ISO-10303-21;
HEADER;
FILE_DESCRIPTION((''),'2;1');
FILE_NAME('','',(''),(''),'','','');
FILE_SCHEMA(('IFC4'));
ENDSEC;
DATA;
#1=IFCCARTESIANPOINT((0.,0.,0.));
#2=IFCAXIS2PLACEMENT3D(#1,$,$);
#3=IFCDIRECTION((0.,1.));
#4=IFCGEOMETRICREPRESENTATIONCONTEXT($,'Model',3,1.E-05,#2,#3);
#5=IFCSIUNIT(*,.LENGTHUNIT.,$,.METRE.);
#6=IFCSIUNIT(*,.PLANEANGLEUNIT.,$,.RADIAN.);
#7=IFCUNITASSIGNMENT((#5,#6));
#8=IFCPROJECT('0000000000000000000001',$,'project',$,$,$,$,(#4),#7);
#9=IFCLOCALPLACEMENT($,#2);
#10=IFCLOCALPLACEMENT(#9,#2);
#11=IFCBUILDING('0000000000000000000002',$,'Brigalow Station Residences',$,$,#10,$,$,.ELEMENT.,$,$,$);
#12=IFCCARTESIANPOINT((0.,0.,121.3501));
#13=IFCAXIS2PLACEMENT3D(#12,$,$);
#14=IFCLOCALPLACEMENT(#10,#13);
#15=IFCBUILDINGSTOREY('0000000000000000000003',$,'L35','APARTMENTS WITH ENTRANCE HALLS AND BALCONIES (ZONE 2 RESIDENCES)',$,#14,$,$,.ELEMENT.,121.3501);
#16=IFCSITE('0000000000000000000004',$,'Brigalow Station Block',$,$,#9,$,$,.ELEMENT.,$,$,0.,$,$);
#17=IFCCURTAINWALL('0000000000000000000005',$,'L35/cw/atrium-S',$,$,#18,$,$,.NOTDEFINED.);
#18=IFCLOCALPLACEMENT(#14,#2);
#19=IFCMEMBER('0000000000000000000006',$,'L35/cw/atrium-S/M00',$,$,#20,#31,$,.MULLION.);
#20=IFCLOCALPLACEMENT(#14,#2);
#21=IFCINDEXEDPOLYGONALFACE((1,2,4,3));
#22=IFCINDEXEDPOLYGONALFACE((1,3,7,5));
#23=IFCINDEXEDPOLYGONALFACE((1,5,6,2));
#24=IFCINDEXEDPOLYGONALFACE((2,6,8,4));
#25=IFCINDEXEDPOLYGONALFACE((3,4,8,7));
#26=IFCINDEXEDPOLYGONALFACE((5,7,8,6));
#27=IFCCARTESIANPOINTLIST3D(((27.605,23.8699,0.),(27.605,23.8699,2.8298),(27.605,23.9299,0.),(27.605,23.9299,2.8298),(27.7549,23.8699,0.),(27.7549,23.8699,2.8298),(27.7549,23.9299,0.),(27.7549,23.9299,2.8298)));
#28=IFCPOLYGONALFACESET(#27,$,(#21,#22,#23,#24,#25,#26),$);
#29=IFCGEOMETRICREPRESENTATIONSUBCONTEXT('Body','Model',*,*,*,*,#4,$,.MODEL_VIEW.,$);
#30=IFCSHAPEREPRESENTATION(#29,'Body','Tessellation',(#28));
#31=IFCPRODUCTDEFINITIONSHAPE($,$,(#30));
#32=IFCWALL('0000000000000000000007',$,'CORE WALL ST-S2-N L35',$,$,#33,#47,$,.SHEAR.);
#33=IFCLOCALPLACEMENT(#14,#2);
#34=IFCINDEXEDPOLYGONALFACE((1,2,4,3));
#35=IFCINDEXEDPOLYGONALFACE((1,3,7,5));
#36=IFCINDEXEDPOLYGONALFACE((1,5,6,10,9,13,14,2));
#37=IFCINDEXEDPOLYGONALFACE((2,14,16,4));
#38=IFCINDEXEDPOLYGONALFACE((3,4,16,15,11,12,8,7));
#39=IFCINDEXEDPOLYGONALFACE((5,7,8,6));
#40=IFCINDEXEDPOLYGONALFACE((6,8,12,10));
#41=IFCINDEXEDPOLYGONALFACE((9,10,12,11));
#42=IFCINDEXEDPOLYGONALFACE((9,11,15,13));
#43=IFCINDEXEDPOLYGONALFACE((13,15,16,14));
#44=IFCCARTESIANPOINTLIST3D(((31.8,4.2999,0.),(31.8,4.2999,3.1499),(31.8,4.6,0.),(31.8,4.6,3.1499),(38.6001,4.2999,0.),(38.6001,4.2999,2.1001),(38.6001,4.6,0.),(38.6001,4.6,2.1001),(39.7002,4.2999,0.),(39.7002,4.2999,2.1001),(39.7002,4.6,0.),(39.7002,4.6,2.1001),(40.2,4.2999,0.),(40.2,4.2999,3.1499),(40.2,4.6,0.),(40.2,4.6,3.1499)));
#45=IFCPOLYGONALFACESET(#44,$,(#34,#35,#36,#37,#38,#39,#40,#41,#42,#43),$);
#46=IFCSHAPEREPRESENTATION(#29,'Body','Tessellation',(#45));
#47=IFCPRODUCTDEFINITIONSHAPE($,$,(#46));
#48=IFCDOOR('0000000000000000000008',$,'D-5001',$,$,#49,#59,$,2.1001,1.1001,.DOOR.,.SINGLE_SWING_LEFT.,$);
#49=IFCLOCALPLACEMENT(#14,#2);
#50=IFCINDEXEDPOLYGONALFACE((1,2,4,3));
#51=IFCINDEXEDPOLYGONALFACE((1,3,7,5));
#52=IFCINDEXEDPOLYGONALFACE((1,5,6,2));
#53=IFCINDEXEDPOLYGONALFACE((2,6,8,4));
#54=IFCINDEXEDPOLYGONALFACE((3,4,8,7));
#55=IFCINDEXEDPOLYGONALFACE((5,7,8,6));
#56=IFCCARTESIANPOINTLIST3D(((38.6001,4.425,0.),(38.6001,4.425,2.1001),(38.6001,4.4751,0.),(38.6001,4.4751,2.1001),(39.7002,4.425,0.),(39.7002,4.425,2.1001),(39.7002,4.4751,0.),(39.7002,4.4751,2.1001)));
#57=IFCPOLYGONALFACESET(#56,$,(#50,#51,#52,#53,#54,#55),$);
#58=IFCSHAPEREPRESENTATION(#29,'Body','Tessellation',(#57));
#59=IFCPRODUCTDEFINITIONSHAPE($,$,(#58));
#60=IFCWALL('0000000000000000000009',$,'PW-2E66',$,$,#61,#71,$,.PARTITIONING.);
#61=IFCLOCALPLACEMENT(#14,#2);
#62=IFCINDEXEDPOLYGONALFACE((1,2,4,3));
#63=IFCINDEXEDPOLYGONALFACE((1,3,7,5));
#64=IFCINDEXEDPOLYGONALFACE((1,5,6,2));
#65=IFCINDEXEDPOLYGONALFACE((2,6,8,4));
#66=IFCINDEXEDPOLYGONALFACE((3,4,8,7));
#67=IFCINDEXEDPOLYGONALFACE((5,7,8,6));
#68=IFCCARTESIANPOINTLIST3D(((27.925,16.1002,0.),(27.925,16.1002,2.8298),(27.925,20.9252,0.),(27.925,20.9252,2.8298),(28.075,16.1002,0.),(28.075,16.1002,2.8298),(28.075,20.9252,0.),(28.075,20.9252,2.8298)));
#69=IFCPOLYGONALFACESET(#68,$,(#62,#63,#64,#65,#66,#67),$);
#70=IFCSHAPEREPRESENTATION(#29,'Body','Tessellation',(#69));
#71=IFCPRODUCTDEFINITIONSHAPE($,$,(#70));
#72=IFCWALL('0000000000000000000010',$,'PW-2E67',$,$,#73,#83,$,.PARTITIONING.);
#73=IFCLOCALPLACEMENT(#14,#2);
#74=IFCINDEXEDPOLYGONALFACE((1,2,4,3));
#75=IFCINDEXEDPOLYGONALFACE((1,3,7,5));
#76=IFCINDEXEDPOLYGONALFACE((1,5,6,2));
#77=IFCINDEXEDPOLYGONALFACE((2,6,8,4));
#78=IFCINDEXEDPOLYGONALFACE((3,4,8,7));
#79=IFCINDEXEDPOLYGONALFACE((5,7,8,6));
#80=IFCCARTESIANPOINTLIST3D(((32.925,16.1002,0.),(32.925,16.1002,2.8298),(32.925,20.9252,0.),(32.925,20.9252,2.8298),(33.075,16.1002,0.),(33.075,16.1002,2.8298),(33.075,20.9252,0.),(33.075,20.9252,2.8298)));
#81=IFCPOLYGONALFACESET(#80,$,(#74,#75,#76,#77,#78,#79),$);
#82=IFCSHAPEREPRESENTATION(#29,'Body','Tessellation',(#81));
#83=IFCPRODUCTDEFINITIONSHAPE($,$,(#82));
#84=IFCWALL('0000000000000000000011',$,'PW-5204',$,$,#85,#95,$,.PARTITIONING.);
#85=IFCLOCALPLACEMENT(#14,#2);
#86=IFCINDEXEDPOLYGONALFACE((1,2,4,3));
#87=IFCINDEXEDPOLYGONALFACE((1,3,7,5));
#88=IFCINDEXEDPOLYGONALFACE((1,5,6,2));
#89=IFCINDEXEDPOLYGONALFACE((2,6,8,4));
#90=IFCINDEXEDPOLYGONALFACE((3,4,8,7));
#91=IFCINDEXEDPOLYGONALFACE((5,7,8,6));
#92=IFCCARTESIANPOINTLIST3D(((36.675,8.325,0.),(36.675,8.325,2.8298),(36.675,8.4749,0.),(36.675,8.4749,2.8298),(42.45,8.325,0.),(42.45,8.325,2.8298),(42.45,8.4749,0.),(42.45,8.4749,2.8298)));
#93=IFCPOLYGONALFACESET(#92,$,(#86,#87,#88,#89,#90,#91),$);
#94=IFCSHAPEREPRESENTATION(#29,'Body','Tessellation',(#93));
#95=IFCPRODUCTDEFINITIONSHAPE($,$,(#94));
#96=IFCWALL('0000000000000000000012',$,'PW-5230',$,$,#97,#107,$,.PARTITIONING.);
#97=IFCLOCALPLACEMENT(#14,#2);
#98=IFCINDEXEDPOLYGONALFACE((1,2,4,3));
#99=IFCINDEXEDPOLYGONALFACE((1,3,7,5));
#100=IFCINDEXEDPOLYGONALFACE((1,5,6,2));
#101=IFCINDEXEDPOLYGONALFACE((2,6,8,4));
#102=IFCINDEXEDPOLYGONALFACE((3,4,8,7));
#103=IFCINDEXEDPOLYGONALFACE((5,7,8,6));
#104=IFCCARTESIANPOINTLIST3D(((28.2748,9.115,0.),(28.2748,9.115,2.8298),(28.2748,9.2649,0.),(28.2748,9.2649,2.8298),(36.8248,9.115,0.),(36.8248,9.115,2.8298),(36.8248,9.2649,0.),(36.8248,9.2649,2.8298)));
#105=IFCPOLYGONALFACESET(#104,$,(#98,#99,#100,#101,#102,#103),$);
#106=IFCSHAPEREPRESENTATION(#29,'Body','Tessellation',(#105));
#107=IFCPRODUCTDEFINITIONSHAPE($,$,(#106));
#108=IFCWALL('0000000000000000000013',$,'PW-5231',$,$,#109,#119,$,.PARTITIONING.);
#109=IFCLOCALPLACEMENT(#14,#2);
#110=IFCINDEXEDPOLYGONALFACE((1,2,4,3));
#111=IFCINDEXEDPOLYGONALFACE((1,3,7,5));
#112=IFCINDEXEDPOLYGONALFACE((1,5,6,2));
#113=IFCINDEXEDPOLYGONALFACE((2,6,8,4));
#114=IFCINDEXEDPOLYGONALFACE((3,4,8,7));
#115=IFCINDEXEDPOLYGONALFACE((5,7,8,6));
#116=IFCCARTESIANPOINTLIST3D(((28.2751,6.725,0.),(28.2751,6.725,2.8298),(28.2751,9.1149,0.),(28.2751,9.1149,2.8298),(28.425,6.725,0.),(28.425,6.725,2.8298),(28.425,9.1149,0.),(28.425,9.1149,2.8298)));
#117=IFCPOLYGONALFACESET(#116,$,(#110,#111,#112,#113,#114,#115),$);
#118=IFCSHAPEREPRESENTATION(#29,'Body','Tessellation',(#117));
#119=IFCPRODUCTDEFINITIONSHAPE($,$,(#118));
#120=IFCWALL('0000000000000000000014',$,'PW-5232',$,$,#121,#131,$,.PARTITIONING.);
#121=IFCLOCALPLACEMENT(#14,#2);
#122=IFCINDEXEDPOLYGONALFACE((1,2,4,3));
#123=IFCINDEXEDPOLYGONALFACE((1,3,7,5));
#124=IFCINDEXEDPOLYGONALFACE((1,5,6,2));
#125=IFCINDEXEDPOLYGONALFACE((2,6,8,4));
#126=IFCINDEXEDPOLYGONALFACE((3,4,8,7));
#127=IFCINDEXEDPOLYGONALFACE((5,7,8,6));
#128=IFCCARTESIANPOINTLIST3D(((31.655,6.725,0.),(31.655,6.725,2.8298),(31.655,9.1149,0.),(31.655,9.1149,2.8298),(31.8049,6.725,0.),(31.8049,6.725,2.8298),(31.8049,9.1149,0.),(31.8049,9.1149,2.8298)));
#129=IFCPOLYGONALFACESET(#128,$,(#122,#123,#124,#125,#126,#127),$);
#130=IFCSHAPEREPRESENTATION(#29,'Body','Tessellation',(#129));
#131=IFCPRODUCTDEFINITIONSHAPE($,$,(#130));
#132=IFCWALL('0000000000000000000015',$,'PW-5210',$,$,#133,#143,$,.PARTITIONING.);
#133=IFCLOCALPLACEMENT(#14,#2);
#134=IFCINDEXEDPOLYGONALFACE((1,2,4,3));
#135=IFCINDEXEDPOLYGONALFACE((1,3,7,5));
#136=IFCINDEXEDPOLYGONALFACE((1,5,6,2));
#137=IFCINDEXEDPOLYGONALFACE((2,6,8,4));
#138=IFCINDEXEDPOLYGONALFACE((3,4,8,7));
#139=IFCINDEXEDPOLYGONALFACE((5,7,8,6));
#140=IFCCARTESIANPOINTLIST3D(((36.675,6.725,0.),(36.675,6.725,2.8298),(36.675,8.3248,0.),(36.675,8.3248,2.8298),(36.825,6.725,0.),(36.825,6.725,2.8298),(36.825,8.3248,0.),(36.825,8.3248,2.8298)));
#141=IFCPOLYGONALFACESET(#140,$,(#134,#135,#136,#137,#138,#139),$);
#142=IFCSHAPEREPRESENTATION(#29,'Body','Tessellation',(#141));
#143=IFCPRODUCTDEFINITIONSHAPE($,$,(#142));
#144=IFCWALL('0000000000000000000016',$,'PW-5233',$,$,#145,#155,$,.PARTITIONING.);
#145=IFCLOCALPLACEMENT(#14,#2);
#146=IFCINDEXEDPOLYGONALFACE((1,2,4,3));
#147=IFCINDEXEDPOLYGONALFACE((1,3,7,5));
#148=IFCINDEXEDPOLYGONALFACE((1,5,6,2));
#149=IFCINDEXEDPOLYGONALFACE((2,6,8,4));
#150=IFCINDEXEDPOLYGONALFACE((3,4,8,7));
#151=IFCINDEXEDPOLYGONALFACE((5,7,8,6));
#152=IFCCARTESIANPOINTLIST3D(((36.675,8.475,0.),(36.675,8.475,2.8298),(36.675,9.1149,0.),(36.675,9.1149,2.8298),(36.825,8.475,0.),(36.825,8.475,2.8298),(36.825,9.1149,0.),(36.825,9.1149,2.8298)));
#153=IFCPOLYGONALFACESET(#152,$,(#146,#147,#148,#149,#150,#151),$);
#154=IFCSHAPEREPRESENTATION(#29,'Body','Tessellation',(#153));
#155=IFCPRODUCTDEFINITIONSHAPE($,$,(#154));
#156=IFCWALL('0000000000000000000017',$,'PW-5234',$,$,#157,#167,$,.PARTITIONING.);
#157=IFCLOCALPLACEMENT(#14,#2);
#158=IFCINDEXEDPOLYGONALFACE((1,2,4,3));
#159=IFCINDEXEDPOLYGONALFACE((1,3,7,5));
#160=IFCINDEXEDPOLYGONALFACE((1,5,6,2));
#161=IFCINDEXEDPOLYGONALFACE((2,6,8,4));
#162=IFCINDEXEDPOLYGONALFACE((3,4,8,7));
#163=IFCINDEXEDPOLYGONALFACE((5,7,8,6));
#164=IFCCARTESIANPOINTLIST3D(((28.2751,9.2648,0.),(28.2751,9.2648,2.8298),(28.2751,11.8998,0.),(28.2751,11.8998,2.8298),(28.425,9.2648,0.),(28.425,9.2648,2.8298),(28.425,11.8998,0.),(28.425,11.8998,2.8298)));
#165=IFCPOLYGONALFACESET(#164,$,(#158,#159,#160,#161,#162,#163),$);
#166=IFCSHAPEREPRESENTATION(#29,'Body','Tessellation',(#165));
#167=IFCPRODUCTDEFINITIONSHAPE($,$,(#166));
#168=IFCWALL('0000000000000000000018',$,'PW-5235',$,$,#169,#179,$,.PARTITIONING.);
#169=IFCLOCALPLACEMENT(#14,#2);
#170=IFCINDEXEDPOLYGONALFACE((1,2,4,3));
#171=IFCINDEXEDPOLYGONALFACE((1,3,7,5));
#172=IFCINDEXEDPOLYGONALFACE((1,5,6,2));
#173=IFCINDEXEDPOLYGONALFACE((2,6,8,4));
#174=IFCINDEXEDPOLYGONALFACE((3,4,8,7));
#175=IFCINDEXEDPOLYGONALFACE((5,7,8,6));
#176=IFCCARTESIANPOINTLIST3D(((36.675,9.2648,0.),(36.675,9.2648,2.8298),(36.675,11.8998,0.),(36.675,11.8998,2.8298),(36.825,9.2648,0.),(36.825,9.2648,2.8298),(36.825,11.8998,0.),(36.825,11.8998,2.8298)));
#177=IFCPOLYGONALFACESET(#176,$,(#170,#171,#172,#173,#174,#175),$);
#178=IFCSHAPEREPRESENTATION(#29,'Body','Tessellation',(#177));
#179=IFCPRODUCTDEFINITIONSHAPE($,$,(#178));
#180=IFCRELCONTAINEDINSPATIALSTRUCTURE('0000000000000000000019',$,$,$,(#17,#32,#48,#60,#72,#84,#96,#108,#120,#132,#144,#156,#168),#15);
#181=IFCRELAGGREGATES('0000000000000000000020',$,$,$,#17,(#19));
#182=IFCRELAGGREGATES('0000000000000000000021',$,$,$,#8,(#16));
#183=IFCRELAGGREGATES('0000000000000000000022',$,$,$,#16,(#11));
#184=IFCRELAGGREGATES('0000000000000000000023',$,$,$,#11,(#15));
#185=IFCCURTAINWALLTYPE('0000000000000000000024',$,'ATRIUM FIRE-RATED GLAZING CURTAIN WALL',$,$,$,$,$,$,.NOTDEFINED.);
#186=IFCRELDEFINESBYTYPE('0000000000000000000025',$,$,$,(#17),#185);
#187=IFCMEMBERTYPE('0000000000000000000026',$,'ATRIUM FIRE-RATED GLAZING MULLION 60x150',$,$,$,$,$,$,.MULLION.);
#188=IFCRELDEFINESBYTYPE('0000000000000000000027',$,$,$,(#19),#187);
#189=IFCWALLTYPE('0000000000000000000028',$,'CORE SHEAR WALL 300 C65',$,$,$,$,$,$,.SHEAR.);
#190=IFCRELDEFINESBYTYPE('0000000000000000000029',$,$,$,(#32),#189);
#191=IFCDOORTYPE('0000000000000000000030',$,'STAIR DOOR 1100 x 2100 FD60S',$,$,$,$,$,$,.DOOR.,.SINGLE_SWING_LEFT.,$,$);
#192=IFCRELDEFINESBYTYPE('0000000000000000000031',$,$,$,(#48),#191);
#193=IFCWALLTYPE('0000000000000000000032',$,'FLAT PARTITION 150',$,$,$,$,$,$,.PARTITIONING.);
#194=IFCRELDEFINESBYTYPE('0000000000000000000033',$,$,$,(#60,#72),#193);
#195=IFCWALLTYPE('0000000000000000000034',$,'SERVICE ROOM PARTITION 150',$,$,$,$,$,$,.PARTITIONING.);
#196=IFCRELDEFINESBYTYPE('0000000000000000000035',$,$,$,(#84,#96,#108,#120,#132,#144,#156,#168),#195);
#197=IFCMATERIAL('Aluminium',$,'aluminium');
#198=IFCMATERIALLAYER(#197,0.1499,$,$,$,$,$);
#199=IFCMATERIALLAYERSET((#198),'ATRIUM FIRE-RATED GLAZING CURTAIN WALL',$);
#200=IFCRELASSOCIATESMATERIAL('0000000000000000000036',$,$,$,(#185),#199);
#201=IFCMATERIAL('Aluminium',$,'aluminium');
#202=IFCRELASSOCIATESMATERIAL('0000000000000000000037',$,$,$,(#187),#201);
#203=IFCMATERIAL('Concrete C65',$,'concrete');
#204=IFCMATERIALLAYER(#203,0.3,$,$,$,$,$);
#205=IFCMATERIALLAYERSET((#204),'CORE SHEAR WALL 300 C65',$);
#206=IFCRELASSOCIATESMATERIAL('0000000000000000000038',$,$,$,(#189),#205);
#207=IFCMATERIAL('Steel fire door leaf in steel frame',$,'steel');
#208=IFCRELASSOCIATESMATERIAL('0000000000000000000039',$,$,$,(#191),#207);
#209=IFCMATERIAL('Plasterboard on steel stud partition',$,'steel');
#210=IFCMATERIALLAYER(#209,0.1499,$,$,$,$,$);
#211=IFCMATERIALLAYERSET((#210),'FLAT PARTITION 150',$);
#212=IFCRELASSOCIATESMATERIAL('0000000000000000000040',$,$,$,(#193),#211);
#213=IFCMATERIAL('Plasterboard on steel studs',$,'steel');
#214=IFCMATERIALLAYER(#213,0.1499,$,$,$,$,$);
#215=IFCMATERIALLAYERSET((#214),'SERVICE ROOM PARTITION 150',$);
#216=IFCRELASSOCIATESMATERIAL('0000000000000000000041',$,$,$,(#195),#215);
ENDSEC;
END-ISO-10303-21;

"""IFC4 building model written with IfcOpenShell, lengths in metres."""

from ifc_helpers import new_model, si_unit, direction, frame, frame_2d, origin, origin_2d, place, context, subcontext, project, spatial, rectangle, extrude, material, layer, layer_set, material_profile, profile_set, type_object, element, fill, aggregate, save


model = new_model("IFC4")

# Units and contexts
model_context = context("Model", 3, precision=1e-05, world=origin(), true_north=direction((0.0, 1.0)))
body_context = subcontext(model_context, "Body", "Model", "MODEL_VIEW")
ifc_project = project(units=[si_unit("LENGTHUNIT", "METRE"), si_unit("PLANEANGLEUNIT", "RADIAN")], contexts=[model_context])

# Site, building, storey
site_placement = place(None, origin())
site = spatial("IfcSite", under=ifc_project, at=site_placement, Name="Brigalow Station Block", CompositionType="ELEMENT", RefElevation=0.0)
building_placement = place(site_placement, origin())
building = spatial("IfcBuilding", under=site, at=building_placement, Name="Brigalow Station Residences", CompositionType="ELEMENT")
storey_placement = place(building_placement, frame((0.0, 0.0, 121.3501)))
storey = spatial("IfcBuildingStorey", under=building, at=storey_placement, Name="L35", Description="APARTMENTS WITH ENTRANCE HALLS AND BALCONIES (ZONE 2 RESIDENCES)", CompositionType="ELEMENT", Elevation=121.3501)

# Curtain wall, member
ifc_material_1 = material(Name="Aluminium", Category="aluminium")
ifc_layer_1 = layer(ifc_material_1, 0.1499)
ifc_layer_set_1 = layer_set([ifc_layer_1], Name="ATRIUM FIRE-RATED GLAZING CURTAIN WALL")
curtain_wall_type = type_object("IfcCurtainWallType", Name="ATRIUM FIRE-RATED GLAZING CURTAIN WALL", PredefinedType="NOTDEFINED", material=ifc_layer_set_1)
curtain_wall_placement = place(storey_placement, origin())
curtain_wall = element("IfcCurtainWall", 1, at=curtain_wall_placement, inside=storey, type_object=curtain_wall_type, Name="L35/cw/atrium-S", PredefinedType="NOTDEFINED")
ifc_material_2 = material(Name="Aluminium", Category="aluminium")
ifc_material_profile = material_profile(ifc_material_2, rectangle(XDim=0.0601, YDim=0.1499, at=origin_2d()), Name="ATRIUM FIRE-RATED GLAZING MULLION 60x150")
ifc_profile_set = profile_set([ifc_material_profile], Name="Aluminium")
member_type = type_object("IfcMemberType", Name="ATRIUM FIRE-RATED GLAZING MULLION 60x150", PredefinedType="MULLION", material=ifc_profile_set)
member_placement = place(storey_placement, frame((27.6799, 23.8999, 0.0), z_axis=(0.0, 0.0, 1.0), x_axis=(0.0, 1.0, 0.0)))
member = element("IfcMember", 2, at=member_placement, type_object=member_type, Name="L35/cw/atrium-S/M00", PredefinedType="MULLION", context=body_context, shape_type="SweptSolid", body=[
    extrude(rectangle(XDim=0.0601, YDim=0.1499, at=origin_2d()), origin(), (0.0, 0.0, 1.0), 2.8298),
])
aggregate(curtain_wall, [member])

# Wall, opening, door
ifc_material_3 = material(Name="Concrete C65", Category="concrete")
ifc_layer_2 = layer(ifc_material_3, 0.3)
ifc_layer_set_2 = layer_set([ifc_layer_2], Name="CORE SHEAR WALL 300 C65")
wall_type_1 = type_object("IfcWallType", Name="CORE SHEAR WALL 300 C65", PredefinedType="SHEAR", material=ifc_layer_set_2)
wall_1_placement = place(storey_placement, frame((31.8, 4.45, 0.0), z_axis=(0.0, 0.0, 1.0), x_axis=(1.0, 0.0, 0.0)))
wall_1 = element("IfcWall", 3, at=wall_1_placement, inside=storey, type_object=wall_type_1, Name="CORE WALL ST-S2-N L35", PredefinedType="SHEAR", context=body_context, shape_type="SweptSolid", body=[
    extrude(rectangle(XDim=8.3999, YDim=0.3, at=frame_2d((4.2, 0.0))), origin(), (0.0, 0.0, 1.0), 3.1499),
])
opening_placement = place(wall_1_placement, frame((6.8, 0.0, 0.0)))
opening = element("IfcOpeningElement", 4, at=opening_placement, cuts=wall_1, PredefinedType="OPENING", context=body_context, shape_type="SweptSolid", body=[
    extrude(rectangle(XDim=1.1001, YDim=2.1001, at=frame_2d((0.55, 1.05))), frame((0.0, 0.1602, 0.0), z_axis=(0.0, -1.0, 0.0), x_axis=(1.0, 0.0, 0.0)), (0.0, 0.0, 1.0), 0.3201),
])
ifc_material_4 = material(Name="Steel fire door leaf in steel frame", Category="steel")
door_type = type_object("IfcDoorType", Name="STAIR DOOR 1100 x 2100 FD60S", OperationType="SINGLE_SWING_LEFT", PredefinedType="DOOR", material=ifc_material_4)
door_placement = place(opening_placement, frame((1.1001, 0.0, 0.0), z_axis=(0.0, 0.0, 1.0), x_axis=(-1.0, 0.0, 0.0)))
door = element("IfcDoor", 5, at=door_placement, inside=storey, type_object=door_type, Name="D-5001", OperationType="SINGLE_SWING_LEFT", OverallHeight=2.1001, OverallWidth=1.1001, PredefinedType="DOOR", context=body_context, shape_type="SweptSolid", body=[
    extrude(rectangle(XDim=1.1001, YDim=2.1001, at=frame_2d((0.55, 1.05))), frame((0.0, 0.0249, 0.0), z_axis=(0.0, -1.0, 0.0), x_axis=(1.0, 0.0, 0.0)), (0.0, 0.0, 1.0), 0.05),
])
fill(opening, door)

# Walls
ifc_material_5 = material(Name="Plasterboard on steel stud partition", Category="steel")
ifc_layer_3 = layer(ifc_material_5, 0.1499)
ifc_layer_set_3 = layer_set([ifc_layer_3], Name="FLAT PARTITION 150")
wall_type_2 = type_object("IfcWallType", Name="FLAT PARTITION 150", PredefinedType="PARTITIONING", material=ifc_layer_set_3)
for number, where, z_axis, x_axis, name in (
    (6, (28.0, 16.1001, 0.0), (0.0, 0.0, 1.0), (0.0, 1.0, 0.0), "PW-2E66"),
    (7, (33.0, 16.1001, 0.0), (0.0, 0.0, 1.0), (0.0, 1.0, 0.0), "PW-2E67"),
):
    element("IfcWall", number, at=place(storey_placement, frame(where, z_axis=z_axis, x_axis=x_axis)), inside=storey, type_object=wall_type_2, Name=name, PredefinedType="PARTITIONING", context=body_context, shape_type="SweptSolid", body=[
        extrude(rectangle(XDim=4.825, YDim=0.1499, at=frame_2d((2.4126, 0.0))), origin(), (0.0, 0.0, 1.0), 2.8298),
    ])
ifc_material_6 = material(Name="Plasterboard on steel studs", Category="steel")
ifc_layer_4 = layer(ifc_material_6, 0.1499)
ifc_layer_set_4 = layer_set([ifc_layer_4], Name="SERVICE ROOM PARTITION 150")
wall_type_3 = type_object("IfcWallType", Name="SERVICE ROOM PARTITION 150", PredefinedType="PARTITIONING", material=ifc_layer_set_4)
wall_2_placement = place(storey_placement, frame((36.675, 8.3999, 0.0), z_axis=(0.0, 0.0, 1.0), x_axis=(1.0, 0.0, 0.0)))
element("IfcWall", 8, at=wall_2_placement, inside=storey, type_object=wall_type_3, Name="PW-5204", PredefinedType="PARTITIONING", context=body_context, shape_type="SweptSolid", body=[
    extrude(rectangle(XDim=5.7749, YDim=0.1499, at=frame_2d((2.8875, 0.0))), origin(), (0.0, 0.0, 1.0), 2.8298),
])
wall_3_placement = place(storey_placement, frame((28.2749, 9.1899, 0.0), z_axis=(0.0, 0.0, 1.0), x_axis=(1.0, 0.0, 0.0)))
element("IfcWall", 9, at=wall_3_placement, inside=storey, type_object=wall_type_3, Name="PW-5230", PredefinedType="PARTITIONING", context=body_context, shape_type="SweptSolid", body=[
    extrude(rectangle(XDim=8.55, YDim=0.1499, at=frame_2d((4.2749, 0.0))), origin(), (0.0, 0.0, 1.0), 2.8298),
])
for number, where, z_axis, x_axis, name in (
    (10, (28.3501, 6.7251, 0.0), (0.0, 0.0, 1.0), (0.0, 1.0, 0.0), "PW-5231"),
    (11, (31.73, 6.7251, 0.0), (0.0, 0.0, 1.0), (0.0, 1.0, 0.0), "PW-5232"),
):
    element("IfcWall", number, at=place(storey_placement, frame(where, z_axis=z_axis, x_axis=x_axis)), inside=storey, type_object=wall_type_3, Name=name, PredefinedType="PARTITIONING", context=body_context, shape_type="SweptSolid", body=[
        extrude(rectangle(XDim=2.3899, YDim=0.1499, at=frame_2d((1.1948, 0.0))), origin(), (0.0, 0.0, 1.0), 2.8298),
    ])
wall_4_placement = place(storey_placement, frame((36.75, 6.7251, 0.0), z_axis=(0.0, 0.0, 1.0), x_axis=(0.0, 1.0, 0.0)))
element("IfcWall", 12, at=wall_4_placement, inside=storey, type_object=wall_type_3, Name="PW-5210", PredefinedType="PARTITIONING", context=body_context, shape_type="SweptSolid", body=[
    extrude(rectangle(XDim=1.5999, YDim=0.1499, at=frame_2d((0.7998, 0.0))), origin(), (0.0, 0.0, 1.0), 2.8298),
])
wall_5_placement = place(storey_placement, frame((36.75, 8.4751, 0.0), z_axis=(0.0, 0.0, 1.0), x_axis=(0.0, 1.0, 0.0)))
element("IfcWall", 13, at=wall_5_placement, inside=storey, type_object=wall_type_3, Name="PW-5233", PredefinedType="PARTITIONING", context=body_context, shape_type="SweptSolid", body=[
    extrude(rectangle(XDim=0.6399, YDim=0.1499, at=frame_2d((0.3198, 0.0))), origin(), (0.0, 0.0, 1.0), 2.8298),
])
for number, where, z_axis, x_axis, name in (
    (14, (28.3501, 9.2649, 0.0), (0.0, 0.0, 1.0), (0.0, 1.0, 0.0), "PW-5234"),
    (15, (36.75, 9.2649, 0.0), (0.0, 0.0, 1.0), (0.0, 1.0, 0.0), "PW-5235"),
):
    element("IfcWall", number, at=place(storey_placement, frame(where, z_axis=z_axis, x_axis=x_axis)), inside=storey, type_object=wall_type_3, Name=name, PredefinedType="PARTITIONING", context=body_context, shape_type="SweptSolid", body=[
        extrude(rectangle(XDim=2.635, YDim=0.1499, at=frame_2d((1.3174, 0.0))), origin(), (0.0, 0.0, 1.0), 2.8298),
    ])

save(model, "model.ifc")
